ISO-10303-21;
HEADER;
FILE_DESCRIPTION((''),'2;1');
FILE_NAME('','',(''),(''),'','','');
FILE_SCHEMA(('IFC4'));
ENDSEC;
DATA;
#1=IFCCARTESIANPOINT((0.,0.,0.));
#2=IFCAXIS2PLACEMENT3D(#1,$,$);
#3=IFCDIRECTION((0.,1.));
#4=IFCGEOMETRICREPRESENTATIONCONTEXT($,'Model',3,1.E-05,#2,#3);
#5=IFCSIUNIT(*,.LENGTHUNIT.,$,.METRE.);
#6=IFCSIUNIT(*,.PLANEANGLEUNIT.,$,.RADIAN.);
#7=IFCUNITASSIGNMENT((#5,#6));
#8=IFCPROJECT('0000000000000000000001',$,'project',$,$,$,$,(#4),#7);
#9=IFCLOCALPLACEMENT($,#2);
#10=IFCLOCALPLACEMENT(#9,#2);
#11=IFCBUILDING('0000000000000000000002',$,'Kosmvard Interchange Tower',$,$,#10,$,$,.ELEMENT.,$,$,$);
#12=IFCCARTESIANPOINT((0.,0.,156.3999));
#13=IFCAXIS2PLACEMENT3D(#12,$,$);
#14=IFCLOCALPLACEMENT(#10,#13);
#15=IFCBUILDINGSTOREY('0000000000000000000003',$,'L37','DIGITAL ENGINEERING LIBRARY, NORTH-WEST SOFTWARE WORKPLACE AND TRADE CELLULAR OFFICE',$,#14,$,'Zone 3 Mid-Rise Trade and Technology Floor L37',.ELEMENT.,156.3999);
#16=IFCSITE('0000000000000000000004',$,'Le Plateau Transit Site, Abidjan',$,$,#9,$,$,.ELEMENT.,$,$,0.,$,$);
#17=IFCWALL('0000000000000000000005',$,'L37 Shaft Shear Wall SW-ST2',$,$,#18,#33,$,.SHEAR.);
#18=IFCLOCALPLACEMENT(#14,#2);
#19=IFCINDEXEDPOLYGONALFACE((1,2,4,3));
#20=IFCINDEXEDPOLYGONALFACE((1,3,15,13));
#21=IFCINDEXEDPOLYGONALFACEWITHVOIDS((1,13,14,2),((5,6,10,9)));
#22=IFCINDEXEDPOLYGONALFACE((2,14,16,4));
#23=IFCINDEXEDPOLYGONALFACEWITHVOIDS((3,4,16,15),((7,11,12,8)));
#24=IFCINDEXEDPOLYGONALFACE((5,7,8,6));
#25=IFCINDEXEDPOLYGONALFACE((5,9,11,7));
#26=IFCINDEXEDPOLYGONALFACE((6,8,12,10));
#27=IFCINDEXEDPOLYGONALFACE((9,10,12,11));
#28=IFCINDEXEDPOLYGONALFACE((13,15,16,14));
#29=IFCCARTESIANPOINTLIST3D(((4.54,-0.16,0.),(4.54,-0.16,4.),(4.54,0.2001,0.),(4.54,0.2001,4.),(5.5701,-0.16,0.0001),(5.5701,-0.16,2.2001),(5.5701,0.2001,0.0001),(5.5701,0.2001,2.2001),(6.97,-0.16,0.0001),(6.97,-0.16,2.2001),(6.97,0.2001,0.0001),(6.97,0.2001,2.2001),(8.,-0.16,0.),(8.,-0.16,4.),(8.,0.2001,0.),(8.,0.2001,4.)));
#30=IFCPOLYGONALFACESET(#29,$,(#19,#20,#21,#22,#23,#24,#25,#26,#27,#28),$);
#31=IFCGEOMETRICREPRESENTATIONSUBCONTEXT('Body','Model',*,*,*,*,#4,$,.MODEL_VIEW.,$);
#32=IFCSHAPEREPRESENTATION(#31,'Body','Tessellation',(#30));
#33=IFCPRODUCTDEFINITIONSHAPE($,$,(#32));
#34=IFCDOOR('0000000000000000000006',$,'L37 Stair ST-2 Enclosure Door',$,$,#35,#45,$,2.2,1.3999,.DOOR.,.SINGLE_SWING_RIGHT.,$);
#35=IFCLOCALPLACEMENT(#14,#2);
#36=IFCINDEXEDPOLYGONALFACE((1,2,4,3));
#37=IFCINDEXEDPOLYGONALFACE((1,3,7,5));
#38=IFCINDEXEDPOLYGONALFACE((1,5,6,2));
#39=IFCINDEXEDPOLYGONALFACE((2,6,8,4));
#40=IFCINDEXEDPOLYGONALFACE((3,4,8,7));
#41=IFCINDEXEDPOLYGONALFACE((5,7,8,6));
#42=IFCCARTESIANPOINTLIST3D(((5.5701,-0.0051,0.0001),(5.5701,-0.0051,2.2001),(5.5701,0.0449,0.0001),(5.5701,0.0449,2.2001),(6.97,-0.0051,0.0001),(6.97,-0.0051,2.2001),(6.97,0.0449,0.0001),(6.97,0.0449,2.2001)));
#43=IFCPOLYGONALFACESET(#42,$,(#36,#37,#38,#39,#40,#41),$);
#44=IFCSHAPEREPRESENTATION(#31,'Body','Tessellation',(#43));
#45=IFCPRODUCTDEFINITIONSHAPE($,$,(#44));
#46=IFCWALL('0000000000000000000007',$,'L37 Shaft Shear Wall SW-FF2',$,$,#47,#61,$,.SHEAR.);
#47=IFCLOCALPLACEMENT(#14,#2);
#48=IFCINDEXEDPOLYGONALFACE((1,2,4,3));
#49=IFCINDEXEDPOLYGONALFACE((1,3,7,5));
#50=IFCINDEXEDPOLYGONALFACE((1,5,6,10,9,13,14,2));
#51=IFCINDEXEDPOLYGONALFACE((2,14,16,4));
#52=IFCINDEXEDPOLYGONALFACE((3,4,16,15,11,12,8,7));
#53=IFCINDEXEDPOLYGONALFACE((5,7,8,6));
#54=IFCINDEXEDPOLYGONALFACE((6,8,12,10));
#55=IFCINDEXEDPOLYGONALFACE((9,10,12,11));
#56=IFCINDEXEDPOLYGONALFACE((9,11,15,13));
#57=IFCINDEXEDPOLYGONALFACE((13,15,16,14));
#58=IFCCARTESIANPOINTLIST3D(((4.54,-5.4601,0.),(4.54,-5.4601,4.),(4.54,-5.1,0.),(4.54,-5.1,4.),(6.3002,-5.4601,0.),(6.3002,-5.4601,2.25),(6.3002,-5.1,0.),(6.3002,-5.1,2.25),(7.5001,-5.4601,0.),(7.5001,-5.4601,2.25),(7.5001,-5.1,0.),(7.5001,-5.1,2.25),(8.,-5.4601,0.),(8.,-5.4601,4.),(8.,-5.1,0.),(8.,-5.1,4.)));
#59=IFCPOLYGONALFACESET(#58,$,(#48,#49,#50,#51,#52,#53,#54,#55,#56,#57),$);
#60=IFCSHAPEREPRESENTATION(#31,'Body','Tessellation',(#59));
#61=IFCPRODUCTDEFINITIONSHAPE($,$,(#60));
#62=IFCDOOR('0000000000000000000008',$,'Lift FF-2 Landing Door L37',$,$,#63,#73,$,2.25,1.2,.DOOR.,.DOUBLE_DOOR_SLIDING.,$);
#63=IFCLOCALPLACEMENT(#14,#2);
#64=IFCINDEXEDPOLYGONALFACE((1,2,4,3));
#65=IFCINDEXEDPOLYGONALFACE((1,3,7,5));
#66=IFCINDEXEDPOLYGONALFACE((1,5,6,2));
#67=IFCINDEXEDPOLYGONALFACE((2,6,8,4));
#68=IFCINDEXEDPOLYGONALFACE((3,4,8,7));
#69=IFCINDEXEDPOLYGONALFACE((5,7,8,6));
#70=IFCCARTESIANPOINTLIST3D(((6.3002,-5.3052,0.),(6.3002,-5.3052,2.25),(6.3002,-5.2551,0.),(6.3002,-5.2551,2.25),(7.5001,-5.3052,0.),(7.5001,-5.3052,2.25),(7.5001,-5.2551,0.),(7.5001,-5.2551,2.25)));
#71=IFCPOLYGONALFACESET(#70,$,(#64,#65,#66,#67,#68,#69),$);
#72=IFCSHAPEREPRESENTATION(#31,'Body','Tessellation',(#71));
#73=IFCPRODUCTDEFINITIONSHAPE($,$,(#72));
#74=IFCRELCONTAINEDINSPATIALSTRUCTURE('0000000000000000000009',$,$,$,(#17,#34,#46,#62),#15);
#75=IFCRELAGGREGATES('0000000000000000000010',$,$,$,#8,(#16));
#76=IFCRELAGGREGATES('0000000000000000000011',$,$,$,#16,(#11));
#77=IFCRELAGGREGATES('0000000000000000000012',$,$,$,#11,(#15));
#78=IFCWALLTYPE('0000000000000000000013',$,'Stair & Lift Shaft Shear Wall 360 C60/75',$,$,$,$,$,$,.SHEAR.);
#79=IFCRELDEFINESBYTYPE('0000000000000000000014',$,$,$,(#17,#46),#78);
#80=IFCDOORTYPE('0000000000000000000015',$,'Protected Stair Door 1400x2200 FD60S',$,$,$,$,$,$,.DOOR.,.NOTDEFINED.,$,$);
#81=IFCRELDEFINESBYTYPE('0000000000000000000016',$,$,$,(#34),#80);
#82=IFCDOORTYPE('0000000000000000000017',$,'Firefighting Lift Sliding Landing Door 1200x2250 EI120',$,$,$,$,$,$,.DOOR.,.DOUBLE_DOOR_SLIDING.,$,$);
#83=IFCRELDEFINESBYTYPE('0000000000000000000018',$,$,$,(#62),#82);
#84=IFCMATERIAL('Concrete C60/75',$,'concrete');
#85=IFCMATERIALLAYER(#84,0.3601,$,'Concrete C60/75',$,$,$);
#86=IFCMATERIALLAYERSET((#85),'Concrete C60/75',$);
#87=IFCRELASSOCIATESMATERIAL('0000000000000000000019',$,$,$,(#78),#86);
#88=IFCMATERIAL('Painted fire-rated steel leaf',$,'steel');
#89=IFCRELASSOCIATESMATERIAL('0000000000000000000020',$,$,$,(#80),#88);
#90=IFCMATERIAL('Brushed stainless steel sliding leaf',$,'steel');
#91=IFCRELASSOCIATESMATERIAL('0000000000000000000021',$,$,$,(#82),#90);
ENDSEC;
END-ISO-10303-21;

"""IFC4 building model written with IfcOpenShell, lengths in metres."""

from ifc_helpers import new_model, si_unit, direction, frame, frame_2d, origin, place, context, subcontext, project, spatial, rectangle, extrude, source, transform, mapped, material, layer, layer_set, type_object, element, fill, save


model = new_model("IFC4")

# Units and contexts
model_context = context("Model", 3, precision=1e-05, world=origin(), true_north=direction((0.0, 1.0)))
body_context = subcontext(model_context, "Body", "Model", "MODEL_VIEW")
ifc_project = project(units=[si_unit("LENGTHUNIT", "METRE"), si_unit("PLANEANGLEUNIT", "RADIAN")], contexts=[model_context])

# Site, building, storey
site_placement = place(None, origin())
site = spatial("IfcSite", under=ifc_project, at=site_placement, Name="Le Plateau Transit Site, Abidjan", CompositionType="ELEMENT", RefElevation=0.0)
building_placement = place(site_placement, origin())
building = spatial("IfcBuilding", under=site, at=building_placement, Name="Kosmvard Interchange Tower", CompositionType="ELEMENT")
storey_placement = place(building_placement, frame((0.0, 0.0, 156.3999)))
storey = spatial("IfcBuildingStorey", under=building, at=storey_placement, Name="L37", Description="DIGITAL ENGINEERING LIBRARY, NORTH-WEST SOFTWARE WORKPLACE AND TRADE CELLULAR OFFICE", LongName="Zone 3 Mid-Rise Trade and Technology Floor L37", CompositionType="ELEMENT", Elevation=156.3999)

# Shared definitions
ifc_material_1 = material(Name="Painted fire-rated steel leaf", Category="steel")
ifc_material_2 = material(Name="Brushed stainless steel sliding leaf", Category="steel")

# Walls, openings, doors
ifc_material_3 = material(Name="Concrete C60/75", Category="concrete")
ifc_layer_1 = layer(ifc_material_3, 0.3601, Name="Concrete C60/75")
ifc_layer_set_1 = layer_set([ifc_layer_1], Name="Concrete C60/75")
wall_type_1 = type_object("IfcWallType", Name="Stair & Lift Shaft Shear Wall 360 C60/75", PredefinedType="SHEAR", material=ifc_layer_set_1)
wall_1_placement = place(storey_placement, frame((4.54, 0.02, 0.0), z_axis=(0.0, 0.0, 1.0), x_axis=(1.0, 0.0, 0.0)))
wall_1 = element("IfcWall", 1, at=wall_1_placement, inside=storey, type_object=wall_type_1, Name="L37 Shaft Shear Wall SW-ST2", PredefinedType="SHEAR", context=body_context, shape_type="SweptSolid", body=[
    extrude(rectangle(XDim=3.46, YDim=0.3601, at=frame_2d((1.73, 0.0))), origin(), (0.0, 0.0, 1.0), 4.0),
])
opening_1_placement = place(wall_1_placement, frame((1.03, 0.0, 0.0)))
opening_1 = element("IfcOpeningElement", 2, at=opening_1_placement, cuts=wall_1, PredefinedType="OPENING", context=body_context, shape_type="SweptSolid", body=[
    extrude(rectangle(XDim=1.3999, YDim=2.2, at=frame_2d((0.7, 1.1001))), frame((0.0, 0.1899, 0.0), z_axis=(0.0, -1.0, 0.0), x_axis=(1.0, 0.0, 0.0)), (0.0, 0.0, 1.0), 0.3801),
])
door_type_1 = type_object("IfcDoorType", Name="Protected Stair Door 1400x2200 FD60S", OperationType="NOTDEFINED", PredefinedType="DOOR", material=ifc_material_1)
shared_shape_1 = source(origin(), body_context, "Body", "SweptSolid", [
    extrude(rectangle(XDim=1.3999, YDim=2.2, at=frame_2d((0.7, 1.1001))), frame((0.0, 0.0249, 0.0), z_axis=(0.0, -1.0, 0.0), x_axis=(1.0, 0.0, 0.0)), (0.0, 0.0, 1.0), 0.05),
])
door_1_placement = place(opening_1_placement, origin())
door_1 = element("IfcDoor", 3, at=door_1_placement, inside=storey, type_object=door_type_1, Name="L37 Stair ST-2 Enclosure Door", OperationType="SINGLE_SWING_RIGHT", OverallHeight=2.2, OverallWidth=1.3999, PredefinedType="DOOR", context=body_context, shape_type="MappedRepresentation", body=[
    mapped(shared_shape_1, transform((0.0, 0.0, 0.0), scale=1.0)),
])
fill(opening_1, door_1)
wall_2_placement = place(storey_placement, frame((4.54, -5.28, 0.0), z_axis=(0.0, 0.0, 1.0), x_axis=(1.0, 0.0, 0.0)))
wall_2 = element("IfcWall", 4, at=wall_2_placement, inside=storey, type_object=wall_type_1, Name="L37 Shaft Shear Wall SW-FF2", PredefinedType="SHEAR", context=body_context, shape_type="SweptSolid", body=[
    extrude(rectangle(XDim=3.46, YDim=0.3601, at=frame_2d((1.73, 0.0))), origin(), (0.0, 0.0, 1.0), 4.0),
])
opening_2_placement = place(wall_2_placement, frame((1.76, 0.0, 0.0)))
opening_2 = element("IfcOpeningElement", 5, at=opening_2_placement, cuts=wall_2, PredefinedType="OPENING", context=body_context, shape_type="SweptSolid", body=[
    extrude(rectangle(XDim=1.2, YDim=2.25, at=frame_2d((0.6001, 1.125))), frame((0.0, 0.1899, 0.0), z_axis=(0.0, -1.0, 0.0), x_axis=(1.0, 0.0, 0.0)), (0.0, 0.0, 1.0), 0.3801),
])
door_type_2 = type_object("IfcDoorType", Name="Firefighting Lift Sliding Landing Door 1200x2250 EI120", OperationType="DOUBLE_DOOR_SLIDING", PredefinedType="DOOR", material=ifc_material_2)
shared_shape_2 = source(origin(), body_context, "Body", "SweptSolid", [
    extrude(rectangle(XDim=1.2, YDim=2.25, at=frame_2d((0.6001, 1.125))), frame((0.0, 0.0249, 0.0), z_axis=(0.0, -1.0, 0.0), x_axis=(1.0, 0.0, 0.0)), (0.0, 0.0, 1.0), 0.05),
])
door_2_placement = place(opening_2_placement, origin())
door_2 = element("IfcDoor", 6, at=door_2_placement, inside=storey, type_object=door_type_2, Name="Lift FF-2 Landing Door L37", OperationType="DOUBLE_DOOR_SLIDING", OverallHeight=2.25, OverallWidth=1.2, PredefinedType="DOOR", context=body_context, shape_type="MappedRepresentation", body=[
    mapped(shared_shape_2, transform((0.0, 0.0, 0.0), scale=1.0)),
])
fill(opening_2, door_2)

save(model, "model.ifc")
